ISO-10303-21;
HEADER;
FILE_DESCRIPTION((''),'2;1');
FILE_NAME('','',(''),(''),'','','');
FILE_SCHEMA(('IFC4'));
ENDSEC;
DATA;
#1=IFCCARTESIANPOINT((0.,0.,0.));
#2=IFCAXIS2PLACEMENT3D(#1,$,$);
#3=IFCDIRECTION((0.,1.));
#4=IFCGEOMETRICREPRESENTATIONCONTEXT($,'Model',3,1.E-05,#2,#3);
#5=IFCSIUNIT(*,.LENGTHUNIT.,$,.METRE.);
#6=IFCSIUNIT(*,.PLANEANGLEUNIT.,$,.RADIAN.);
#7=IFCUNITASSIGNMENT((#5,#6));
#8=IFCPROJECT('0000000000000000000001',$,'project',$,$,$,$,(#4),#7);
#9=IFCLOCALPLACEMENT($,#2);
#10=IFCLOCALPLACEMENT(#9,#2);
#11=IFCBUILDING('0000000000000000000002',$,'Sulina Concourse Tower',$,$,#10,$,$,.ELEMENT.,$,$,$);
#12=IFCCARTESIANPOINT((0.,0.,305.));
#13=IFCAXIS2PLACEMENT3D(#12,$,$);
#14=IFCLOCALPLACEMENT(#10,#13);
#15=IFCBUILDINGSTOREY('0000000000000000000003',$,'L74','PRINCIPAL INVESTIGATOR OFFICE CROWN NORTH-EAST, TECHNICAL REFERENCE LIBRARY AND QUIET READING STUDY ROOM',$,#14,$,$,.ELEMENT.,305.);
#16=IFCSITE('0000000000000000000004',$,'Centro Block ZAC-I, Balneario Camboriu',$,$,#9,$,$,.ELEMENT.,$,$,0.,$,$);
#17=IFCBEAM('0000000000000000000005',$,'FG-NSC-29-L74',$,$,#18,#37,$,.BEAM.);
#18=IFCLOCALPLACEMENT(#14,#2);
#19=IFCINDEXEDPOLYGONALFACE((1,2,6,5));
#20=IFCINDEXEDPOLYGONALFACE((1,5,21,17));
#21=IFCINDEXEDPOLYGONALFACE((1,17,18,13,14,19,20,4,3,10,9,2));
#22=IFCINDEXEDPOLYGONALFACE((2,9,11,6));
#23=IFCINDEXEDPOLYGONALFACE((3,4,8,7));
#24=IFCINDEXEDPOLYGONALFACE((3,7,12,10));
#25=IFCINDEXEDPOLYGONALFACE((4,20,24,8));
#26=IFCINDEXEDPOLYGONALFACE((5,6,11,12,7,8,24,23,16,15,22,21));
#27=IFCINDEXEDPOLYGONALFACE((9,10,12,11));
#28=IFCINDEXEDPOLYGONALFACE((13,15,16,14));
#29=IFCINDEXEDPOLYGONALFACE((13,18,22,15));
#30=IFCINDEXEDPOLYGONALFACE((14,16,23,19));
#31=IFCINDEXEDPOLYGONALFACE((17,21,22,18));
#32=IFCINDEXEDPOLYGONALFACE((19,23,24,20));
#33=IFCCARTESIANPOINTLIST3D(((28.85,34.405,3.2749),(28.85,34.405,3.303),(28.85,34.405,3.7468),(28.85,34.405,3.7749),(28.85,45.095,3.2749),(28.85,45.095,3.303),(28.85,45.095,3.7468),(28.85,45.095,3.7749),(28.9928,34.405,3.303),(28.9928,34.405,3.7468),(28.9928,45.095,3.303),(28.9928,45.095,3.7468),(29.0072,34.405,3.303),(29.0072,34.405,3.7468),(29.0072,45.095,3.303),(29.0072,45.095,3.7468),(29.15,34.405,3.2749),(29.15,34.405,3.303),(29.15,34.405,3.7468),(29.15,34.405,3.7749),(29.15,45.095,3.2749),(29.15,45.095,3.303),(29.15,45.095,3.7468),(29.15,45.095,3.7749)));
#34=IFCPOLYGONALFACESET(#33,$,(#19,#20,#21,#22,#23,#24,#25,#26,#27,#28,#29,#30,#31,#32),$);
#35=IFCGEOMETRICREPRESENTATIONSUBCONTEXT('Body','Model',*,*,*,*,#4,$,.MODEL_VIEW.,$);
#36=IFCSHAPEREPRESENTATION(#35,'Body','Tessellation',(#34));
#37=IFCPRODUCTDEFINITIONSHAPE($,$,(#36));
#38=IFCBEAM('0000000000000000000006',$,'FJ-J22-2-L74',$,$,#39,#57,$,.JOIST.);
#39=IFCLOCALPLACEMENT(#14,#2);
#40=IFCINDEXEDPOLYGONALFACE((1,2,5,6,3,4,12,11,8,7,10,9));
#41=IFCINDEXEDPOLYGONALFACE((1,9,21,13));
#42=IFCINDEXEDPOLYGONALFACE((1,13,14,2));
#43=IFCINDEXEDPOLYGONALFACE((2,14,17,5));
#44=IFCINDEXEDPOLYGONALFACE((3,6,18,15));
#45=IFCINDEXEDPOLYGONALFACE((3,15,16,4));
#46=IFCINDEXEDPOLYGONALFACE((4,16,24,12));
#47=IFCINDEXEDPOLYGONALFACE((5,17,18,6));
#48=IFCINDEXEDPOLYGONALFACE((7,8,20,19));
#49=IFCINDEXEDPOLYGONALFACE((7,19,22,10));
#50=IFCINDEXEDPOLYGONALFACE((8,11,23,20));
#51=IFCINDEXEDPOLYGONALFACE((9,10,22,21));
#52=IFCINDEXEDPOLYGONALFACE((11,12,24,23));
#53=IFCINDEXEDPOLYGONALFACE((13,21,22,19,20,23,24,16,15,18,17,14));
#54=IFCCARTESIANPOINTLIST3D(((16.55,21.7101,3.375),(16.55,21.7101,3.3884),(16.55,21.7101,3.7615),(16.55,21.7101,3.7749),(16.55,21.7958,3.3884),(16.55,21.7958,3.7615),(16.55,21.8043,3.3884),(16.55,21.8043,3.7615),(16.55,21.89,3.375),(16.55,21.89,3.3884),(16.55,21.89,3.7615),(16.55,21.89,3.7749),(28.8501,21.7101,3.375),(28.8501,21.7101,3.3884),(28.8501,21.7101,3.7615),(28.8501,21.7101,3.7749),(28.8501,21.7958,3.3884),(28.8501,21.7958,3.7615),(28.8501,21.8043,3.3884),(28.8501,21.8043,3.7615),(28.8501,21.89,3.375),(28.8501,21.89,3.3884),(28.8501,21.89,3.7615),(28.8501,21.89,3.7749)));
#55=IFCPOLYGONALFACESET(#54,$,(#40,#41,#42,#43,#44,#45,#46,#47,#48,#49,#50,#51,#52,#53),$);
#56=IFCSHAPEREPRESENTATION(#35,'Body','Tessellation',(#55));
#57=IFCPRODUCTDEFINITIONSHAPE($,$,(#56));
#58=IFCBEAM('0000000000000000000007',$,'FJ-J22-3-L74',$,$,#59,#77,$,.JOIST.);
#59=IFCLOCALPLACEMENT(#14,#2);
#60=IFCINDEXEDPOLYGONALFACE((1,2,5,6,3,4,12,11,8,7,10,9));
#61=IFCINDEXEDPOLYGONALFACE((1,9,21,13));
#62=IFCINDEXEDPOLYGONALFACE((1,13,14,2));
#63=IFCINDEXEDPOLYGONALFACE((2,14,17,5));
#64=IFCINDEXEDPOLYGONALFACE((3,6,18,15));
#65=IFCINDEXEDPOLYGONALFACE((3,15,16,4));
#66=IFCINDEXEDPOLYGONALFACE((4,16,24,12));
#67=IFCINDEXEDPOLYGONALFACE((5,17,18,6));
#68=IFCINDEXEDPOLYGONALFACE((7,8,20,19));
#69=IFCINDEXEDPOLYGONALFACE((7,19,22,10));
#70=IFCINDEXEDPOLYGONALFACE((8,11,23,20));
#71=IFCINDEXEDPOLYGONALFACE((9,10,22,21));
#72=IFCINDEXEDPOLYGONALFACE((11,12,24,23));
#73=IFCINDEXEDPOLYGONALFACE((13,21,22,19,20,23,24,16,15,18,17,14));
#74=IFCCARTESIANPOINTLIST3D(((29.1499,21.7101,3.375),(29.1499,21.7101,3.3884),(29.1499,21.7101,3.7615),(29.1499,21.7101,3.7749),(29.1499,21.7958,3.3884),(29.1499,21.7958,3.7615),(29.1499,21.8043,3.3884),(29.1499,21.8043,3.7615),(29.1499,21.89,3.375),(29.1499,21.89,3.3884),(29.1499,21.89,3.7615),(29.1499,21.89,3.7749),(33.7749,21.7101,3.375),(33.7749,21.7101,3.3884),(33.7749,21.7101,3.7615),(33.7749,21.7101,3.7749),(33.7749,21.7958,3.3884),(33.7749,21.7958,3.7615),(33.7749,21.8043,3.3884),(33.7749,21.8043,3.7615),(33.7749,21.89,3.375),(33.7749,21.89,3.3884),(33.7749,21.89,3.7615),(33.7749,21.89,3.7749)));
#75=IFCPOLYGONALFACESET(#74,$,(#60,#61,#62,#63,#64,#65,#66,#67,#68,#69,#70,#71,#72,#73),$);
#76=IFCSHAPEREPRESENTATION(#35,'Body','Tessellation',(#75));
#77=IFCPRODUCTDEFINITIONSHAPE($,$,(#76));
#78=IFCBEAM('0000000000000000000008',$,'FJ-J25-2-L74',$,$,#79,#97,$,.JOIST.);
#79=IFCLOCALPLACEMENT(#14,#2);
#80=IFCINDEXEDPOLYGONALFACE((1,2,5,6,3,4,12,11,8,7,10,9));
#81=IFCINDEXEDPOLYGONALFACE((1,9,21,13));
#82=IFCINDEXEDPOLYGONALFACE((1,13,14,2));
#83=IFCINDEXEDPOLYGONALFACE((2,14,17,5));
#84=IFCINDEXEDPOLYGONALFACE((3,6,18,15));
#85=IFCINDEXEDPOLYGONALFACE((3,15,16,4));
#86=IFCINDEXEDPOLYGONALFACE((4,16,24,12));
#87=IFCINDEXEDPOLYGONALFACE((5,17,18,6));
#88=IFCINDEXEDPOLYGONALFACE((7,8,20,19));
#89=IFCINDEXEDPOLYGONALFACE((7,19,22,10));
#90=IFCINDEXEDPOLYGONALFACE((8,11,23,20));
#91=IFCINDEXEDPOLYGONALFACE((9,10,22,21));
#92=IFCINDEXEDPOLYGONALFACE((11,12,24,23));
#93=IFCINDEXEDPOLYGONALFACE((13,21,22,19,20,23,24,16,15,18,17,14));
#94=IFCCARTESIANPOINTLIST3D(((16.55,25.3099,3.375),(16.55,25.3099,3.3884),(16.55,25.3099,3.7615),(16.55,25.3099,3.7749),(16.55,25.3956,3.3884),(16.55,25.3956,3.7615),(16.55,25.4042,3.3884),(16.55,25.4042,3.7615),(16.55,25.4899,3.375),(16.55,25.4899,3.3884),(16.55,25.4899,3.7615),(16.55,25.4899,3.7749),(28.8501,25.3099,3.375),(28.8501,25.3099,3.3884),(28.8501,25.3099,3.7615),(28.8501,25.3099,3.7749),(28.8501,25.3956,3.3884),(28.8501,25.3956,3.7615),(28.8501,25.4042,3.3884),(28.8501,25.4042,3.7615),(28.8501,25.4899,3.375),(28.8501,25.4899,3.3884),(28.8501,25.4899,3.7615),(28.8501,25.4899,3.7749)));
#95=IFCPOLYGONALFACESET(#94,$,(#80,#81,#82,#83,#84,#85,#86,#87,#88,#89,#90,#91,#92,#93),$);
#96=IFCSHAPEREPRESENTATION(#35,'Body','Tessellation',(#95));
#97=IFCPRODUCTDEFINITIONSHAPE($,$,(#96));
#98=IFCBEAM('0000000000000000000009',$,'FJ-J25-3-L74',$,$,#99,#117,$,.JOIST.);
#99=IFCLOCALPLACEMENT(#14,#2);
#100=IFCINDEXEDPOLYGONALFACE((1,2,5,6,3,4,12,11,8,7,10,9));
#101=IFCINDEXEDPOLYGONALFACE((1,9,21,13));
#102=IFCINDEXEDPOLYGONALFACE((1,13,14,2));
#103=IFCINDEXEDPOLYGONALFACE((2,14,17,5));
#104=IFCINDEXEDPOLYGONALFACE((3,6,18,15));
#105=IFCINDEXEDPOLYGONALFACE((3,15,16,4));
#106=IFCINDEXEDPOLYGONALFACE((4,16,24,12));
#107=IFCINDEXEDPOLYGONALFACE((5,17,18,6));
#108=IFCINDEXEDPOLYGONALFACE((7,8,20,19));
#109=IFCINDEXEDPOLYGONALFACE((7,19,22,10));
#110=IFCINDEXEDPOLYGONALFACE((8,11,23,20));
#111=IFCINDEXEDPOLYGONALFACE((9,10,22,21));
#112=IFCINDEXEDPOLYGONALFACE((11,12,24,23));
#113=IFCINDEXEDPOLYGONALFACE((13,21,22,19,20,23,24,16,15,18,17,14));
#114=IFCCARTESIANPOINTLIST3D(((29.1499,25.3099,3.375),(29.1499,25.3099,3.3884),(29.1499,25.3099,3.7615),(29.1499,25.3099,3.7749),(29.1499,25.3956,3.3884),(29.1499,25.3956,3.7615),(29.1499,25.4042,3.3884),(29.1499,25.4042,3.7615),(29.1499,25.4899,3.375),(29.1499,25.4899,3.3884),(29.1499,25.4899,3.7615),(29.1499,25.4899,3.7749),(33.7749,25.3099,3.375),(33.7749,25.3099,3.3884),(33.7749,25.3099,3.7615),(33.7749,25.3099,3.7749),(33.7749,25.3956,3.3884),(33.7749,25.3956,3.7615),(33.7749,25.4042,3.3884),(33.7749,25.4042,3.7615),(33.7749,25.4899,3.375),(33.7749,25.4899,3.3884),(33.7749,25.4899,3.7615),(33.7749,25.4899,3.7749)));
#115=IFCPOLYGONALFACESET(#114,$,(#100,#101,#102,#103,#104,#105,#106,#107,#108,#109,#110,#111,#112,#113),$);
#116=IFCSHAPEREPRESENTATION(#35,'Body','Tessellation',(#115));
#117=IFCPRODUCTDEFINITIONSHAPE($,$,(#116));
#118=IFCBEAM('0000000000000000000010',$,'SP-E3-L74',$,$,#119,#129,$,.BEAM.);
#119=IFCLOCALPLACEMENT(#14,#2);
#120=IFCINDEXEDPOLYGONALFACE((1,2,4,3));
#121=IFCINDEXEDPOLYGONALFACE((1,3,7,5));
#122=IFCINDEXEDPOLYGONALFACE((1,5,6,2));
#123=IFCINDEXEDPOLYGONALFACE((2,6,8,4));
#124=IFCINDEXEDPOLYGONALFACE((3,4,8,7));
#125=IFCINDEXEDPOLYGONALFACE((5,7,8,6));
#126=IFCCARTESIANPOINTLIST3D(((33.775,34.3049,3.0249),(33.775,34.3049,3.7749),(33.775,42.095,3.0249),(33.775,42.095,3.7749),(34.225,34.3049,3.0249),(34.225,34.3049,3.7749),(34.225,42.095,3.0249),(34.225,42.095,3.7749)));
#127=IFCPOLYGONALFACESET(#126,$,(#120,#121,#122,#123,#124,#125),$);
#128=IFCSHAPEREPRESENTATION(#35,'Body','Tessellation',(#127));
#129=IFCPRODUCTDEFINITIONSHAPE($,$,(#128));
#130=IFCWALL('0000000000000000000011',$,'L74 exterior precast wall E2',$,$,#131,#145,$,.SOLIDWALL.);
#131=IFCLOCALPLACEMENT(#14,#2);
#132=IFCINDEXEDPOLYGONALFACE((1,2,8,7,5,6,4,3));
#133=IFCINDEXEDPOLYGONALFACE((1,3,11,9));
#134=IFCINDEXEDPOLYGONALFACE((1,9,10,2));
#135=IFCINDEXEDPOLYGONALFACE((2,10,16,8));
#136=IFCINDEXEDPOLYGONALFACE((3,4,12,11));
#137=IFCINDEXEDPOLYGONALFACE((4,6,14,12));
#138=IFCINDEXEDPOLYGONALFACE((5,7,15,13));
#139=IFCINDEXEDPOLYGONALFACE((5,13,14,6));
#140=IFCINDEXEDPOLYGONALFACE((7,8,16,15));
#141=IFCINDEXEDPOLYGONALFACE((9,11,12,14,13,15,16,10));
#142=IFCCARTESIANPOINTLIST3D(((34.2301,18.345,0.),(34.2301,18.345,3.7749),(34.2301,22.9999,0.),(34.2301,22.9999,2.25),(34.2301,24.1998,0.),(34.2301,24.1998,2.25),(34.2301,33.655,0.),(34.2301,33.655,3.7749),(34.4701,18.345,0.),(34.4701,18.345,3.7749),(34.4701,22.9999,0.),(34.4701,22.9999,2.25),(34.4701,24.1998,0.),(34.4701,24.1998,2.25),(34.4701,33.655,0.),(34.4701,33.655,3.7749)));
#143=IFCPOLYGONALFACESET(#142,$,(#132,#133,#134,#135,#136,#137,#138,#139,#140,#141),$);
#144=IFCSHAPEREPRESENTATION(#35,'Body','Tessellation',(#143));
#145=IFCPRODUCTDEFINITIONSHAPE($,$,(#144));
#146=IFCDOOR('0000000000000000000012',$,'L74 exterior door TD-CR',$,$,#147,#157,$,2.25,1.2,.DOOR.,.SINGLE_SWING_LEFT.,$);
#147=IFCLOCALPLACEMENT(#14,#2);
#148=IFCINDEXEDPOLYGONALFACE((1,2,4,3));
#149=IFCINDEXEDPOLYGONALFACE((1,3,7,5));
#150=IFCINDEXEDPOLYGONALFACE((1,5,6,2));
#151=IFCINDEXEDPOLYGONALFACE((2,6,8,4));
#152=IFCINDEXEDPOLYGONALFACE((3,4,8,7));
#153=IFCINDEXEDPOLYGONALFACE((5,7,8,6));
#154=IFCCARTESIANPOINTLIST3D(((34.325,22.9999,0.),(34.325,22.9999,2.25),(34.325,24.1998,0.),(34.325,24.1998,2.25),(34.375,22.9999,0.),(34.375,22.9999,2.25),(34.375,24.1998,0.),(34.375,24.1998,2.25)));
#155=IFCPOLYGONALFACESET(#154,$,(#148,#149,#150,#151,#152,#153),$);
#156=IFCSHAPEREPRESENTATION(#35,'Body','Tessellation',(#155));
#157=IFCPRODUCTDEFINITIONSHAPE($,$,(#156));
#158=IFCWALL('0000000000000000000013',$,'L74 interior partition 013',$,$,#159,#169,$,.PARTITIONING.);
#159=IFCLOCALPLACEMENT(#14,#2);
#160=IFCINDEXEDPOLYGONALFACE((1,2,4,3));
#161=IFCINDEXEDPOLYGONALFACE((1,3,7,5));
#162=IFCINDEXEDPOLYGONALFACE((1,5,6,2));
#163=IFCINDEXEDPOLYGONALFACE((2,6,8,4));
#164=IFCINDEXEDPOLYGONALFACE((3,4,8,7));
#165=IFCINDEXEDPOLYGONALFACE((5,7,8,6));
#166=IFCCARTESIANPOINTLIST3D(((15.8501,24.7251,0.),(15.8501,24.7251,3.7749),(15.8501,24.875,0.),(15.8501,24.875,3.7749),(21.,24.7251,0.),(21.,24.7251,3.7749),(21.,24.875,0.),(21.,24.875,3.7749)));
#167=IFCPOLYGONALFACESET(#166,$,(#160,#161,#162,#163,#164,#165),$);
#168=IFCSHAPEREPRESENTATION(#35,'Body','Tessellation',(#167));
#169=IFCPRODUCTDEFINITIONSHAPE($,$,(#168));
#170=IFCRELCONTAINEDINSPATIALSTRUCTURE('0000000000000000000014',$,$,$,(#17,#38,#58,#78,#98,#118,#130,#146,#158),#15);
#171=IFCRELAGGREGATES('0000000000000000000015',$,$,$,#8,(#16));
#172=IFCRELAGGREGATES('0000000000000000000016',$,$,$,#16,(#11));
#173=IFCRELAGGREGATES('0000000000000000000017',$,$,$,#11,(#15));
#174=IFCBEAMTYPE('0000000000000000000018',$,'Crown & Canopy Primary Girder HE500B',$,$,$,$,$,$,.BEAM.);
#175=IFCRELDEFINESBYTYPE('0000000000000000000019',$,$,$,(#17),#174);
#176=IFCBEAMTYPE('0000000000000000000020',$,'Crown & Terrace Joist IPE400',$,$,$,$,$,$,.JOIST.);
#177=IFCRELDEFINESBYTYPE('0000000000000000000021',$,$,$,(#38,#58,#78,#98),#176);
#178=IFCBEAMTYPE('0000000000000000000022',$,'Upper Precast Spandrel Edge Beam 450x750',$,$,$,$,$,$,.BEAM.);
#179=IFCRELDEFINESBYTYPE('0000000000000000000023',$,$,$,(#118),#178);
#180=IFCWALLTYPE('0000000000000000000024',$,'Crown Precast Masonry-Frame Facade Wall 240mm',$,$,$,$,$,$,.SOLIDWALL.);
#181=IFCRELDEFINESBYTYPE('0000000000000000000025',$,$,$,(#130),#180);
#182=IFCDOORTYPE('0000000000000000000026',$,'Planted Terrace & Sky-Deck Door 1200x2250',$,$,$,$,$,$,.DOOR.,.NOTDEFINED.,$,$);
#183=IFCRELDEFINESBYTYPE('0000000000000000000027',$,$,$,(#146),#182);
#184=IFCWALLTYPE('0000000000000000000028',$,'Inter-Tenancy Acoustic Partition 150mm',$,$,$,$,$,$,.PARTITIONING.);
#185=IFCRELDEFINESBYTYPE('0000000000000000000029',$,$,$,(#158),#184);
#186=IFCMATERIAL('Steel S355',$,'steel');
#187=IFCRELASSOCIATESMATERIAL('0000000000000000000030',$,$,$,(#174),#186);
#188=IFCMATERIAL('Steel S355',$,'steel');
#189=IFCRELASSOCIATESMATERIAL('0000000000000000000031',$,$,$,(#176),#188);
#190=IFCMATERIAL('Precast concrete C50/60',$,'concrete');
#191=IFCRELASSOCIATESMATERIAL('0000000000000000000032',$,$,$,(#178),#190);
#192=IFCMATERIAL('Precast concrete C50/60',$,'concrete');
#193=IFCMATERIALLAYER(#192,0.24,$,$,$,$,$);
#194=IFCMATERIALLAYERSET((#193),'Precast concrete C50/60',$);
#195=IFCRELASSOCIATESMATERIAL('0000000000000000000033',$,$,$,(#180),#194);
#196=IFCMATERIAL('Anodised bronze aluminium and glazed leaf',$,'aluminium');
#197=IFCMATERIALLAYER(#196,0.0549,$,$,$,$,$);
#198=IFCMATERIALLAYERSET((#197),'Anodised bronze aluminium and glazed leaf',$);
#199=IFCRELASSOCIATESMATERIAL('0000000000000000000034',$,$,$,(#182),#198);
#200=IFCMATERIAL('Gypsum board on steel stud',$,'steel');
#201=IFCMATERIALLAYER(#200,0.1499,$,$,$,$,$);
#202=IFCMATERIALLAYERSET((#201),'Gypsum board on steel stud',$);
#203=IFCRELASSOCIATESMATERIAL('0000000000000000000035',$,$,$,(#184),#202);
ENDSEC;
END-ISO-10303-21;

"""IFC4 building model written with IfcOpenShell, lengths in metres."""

from ifc_helpers import new_model, si_unit, direction, frame, frame_2d, origin, origin_2d, place, context, subcontext, project, spatial, rectangle, i_section, extrude, material, layer, layer_set, material_profile, profile_set, type_object, element, fill, save


model = new_model("IFC4")

# Units and contexts
model_context = context("Model", 3, precision=1e-05, world=origin(), true_north=direction((0.0, 1.0)))
body_context = subcontext(model_context, "Body", "Model", "MODEL_VIEW")
ifc_project = project(units=[si_unit("LENGTHUNIT", "METRE"), si_unit("PLANEANGLEUNIT", "RADIAN")], contexts=[model_context])

# Site, building, storey
site_placement = place(None, origin())
site = spatial("IfcSite", under=ifc_project, at=site_placement, Name="Centro Block ZAC-I, Balneario Camboriu", CompositionType="ELEMENT", RefElevation=0.0)
building_placement = place(site_placement, origin())
building = spatial("IfcBuilding", under=site, at=building_placement, Name="Sulina Concourse Tower", CompositionType="ELEMENT")
storey_placement = place(building_placement, frame((0.0, 0.0, 305.0)))
storey = spatial("IfcBuildingStorey", under=building, at=storey_placement, Name="L74", Description="PRINCIPAL INVESTIGATOR OFFICE CROWN NORTH-EAST, TECHNICAL REFERENCE LIBRARY AND QUIET READING STUDY ROOM", CompositionType="ELEMENT", Elevation=305.0)

# Beams
ifc_material_1 = material(Name="Steel S355", Category="steel")
ifc_material_profile_1 = material_profile(ifc_material_1, i_section(OverallWidth=0.3, OverallDepth=0.5, WebThickness=0.0144, FlangeThickness=0.0281, at=origin_2d()), Name="HE 500 B")
ifc_profile_set_1 = profile_set([ifc_material_profile_1], Name="Steel S355")
beam_type_1 = type_object("IfcBeamType", Name="Crown & Canopy Primary Girder HE500B", PredefinedType="BEAM", material=ifc_profile_set_1)
beam_1_placement = place(storey_placement, frame((29.0, 34.405, 3.5249), z_axis=(0.0, 1.0, 0.0), x_axis=(-1.0, 0.0, 0.0)))
element("IfcBeam", 1, at=beam_1_placement, inside=storey, type_object=beam_type_1, Name="FG-NSC-29-L74", PredefinedType="BEAM", context=body_context, shape_type="SweptSolid", body=[
    extrude(i_section(OverallWidth=0.3, OverallDepth=0.5, WebThickness=0.0144, FlangeThickness=0.0281, at=origin_2d()), origin(), (0.0, 0.0, 1.0), 10.6899),
])
ifc_material_2 = material(Name="Steel S355", Category="steel")
ifc_material_profile_2 = material_profile(ifc_material_2, i_section(OverallWidth=0.1799, OverallDepth=0.3999, WebThickness=0.0085, FlangeThickness=0.0134, at=origin_2d()), Name="IPE 400")
ifc_profile_set_2 = profile_set([ifc_material_profile_2], Name="Steel S355")
beam_type_2 = type_object("IfcBeamType", Name="Crown & Terrace Joist IPE400", PredefinedType="JOIST", material=ifc_profile_set_2)
beam_2_placement = place(storey_placement, frame((16.55, 21.8, 3.575), z_axis=(1.0, 0.0, 0.0), x_axis=(0.0, 1.0, 0.0)))
element("IfcBeam", 2, at=beam_2_placement, inside=storey, type_object=beam_type_2, Name="FJ-J22-2-L74", PredefinedType="JOIST", context=body_context, shape_type="SweptSolid", body=[
    extrude(i_section(OverallWidth=0.1799, OverallDepth=0.3999, WebThickness=0.0085, FlangeThickness=0.0134, at=origin_2d()), origin(), (0.0, 0.0, 1.0), 12.3),
])
beam_3_placement = place(storey_placement, frame((29.1499, 21.8, 3.575), z_axis=(1.0, 0.0, 0.0), x_axis=(0.0, 1.0, 0.0)))
element("IfcBeam", 3, at=beam_3_placement, inside=storey, type_object=beam_type_2, Name="FJ-J22-3-L74", PredefinedType="JOIST", context=body_context, shape_type="SweptSolid", body=[
    extrude(i_section(OverallWidth=0.1799, OverallDepth=0.3999, WebThickness=0.0085, FlangeThickness=0.0134, at=origin_2d()), origin(), (0.0, 0.0, 1.0), 4.625),
])
beam_4_placement = place(storey_placement, frame((16.55, 25.3999, 3.575), z_axis=(1.0, 0.0, 0.0), x_axis=(0.0, 1.0, 0.0)))
element("IfcBeam", 4, at=beam_4_placement, inside=storey, type_object=beam_type_2, Name="FJ-J25-2-L74", PredefinedType="JOIST", context=body_context, shape_type="SweptSolid", body=[
    extrude(i_section(OverallWidth=0.1799, OverallDepth=0.3999, WebThickness=0.0085, FlangeThickness=0.0134, at=origin_2d()), origin(), (0.0, 0.0, 1.0), 12.3),
])
beam_5_placement = place(storey_placement, frame((29.1499, 25.3999, 3.575), z_axis=(1.0, 0.0, 0.0), x_axis=(0.0, 1.0, 0.0)))
element("IfcBeam", 5, at=beam_5_placement, inside=storey, type_object=beam_type_2, Name="FJ-J25-3-L74", PredefinedType="JOIST", context=body_context, shape_type="SweptSolid", body=[
    extrude(i_section(OverallWidth=0.1799, OverallDepth=0.3999, WebThickness=0.0085, FlangeThickness=0.0134, at=origin_2d()), origin(), (0.0, 0.0, 1.0), 4.625),
])
ifc_material_3 = material(Name="Precast concrete C50/60", Category="concrete")
ifc_material_profile_3 = material_profile(ifc_material_3, rectangle(XDim=0.45, YDim=0.75, at=origin_2d()), Name="RC 450x750")
ifc_profile_set_3 = profile_set([ifc_material_profile_3], Name="Precast concrete C50/60")
beam_type_3 = type_object("IfcBeamType", Name="Upper Precast Spandrel Edge Beam 450x750", PredefinedType="BEAM", material=ifc_profile_set_3)
beam_6_placement = place(storey_placement, frame((34.0, 34.3049, 3.3999), z_axis=(0.0, 1.0, 0.0), x_axis=(-1.0, 0.0, 0.0)))
element("IfcBeam", 6, at=beam_6_placement, inside=storey, type_object=beam_type_3, Name="SP-E3-L74", PredefinedType="BEAM", context=body_context, shape_type="SweptSolid", body=[
    extrude(rectangle(XDim=0.45, YDim=0.75, at=origin_2d()), origin(), (0.0, 0.0, 1.0), 7.79),
])

# Wall, opening, door
ifc_material_4 = material(Name="Precast concrete C50/60", Category="concrete")
ifc_layer_1 = layer(ifc_material_4, 0.24)
ifc_layer_set_1 = layer_set([ifc_layer_1], Name="Precast concrete C50/60")
wall_type_1 = type_object("IfcWallType", Name="Crown Precast Masonry-Frame Facade Wall 240mm", PredefinedType="SOLIDWALL", material=ifc_layer_set_1)
wall_1_placement = place(storey_placement, frame((34.3501, 33.655, 0.0), z_axis=(0.0, 0.0, 1.0), x_axis=(0.0, -1.0, 0.0)))
wall_1 = element("IfcWall", 7, at=wall_1_placement, inside=storey, type_object=wall_type_1, Name="L74 exterior precast wall E2", PredefinedType="SOLIDWALL", context=body_context, shape_type="SweptSolid", body=[
    extrude(rectangle(XDim=15.3101, YDim=0.24, at=frame_2d((7.655, 0.0))), origin(), (0.0, 0.0, 1.0), 3.7749),
])
opening_1_placement = place(wall_1_placement, frame((9.4551, 0.0, 0.0)))
opening_1 = element("IfcOpeningElement", 8, at=opening_1_placement, cuts=wall_1, PredefinedType="OPENING", context=body_context, shape_type="SweptSolid", body=[
    extrude(rectangle(XDim=1.2, YDim=2.25, at=frame_2d((0.6001, 1.125))), frame((0.0, 0.1299, 0.0), z_axis=(0.0, -1.0, 0.0), x_axis=(1.0, 0.0, 0.0)), (0.0, 0.0, 1.0), 0.26),
])
ifc_material_5 = material(Name="Anodised bronze aluminium and glazed leaf", Category="aluminium")
ifc_layer_2 = layer(ifc_material_5, 0.0549)
ifc_layer_set_2 = layer_set([ifc_layer_2], Name="Anodised bronze aluminium and glazed leaf")
door_type_1 = type_object("IfcDoorType", Name="Planted Terrace & Sky-Deck Door 1200x2250", OperationType="NOTDEFINED", PredefinedType="DOOR", material=ifc_layer_set_2)
door_1_placement = place(opening_1_placement, origin())
door_1 = element("IfcDoor", 9, at=door_1_placement, inside=storey, type_object=door_type_1, Name="L74 exterior door TD-CR", OperationType="SINGLE_SWING_LEFT", OverallHeight=2.25, OverallWidth=1.2, PredefinedType="DOOR", context=body_context, shape_type="SweptSolid", body=[
    extrude(rectangle(XDim=1.2, YDim=2.25, at=frame_2d((0.6001, 1.125))), frame((0.0, 0.0249, 0.0), z_axis=(0.0, -1.0, 0.0), x_axis=(1.0, 0.0, 0.0)), (0.0, 0.0, 1.0), 0.05),
])
fill(opening_1, door_1)

# Wall
ifc_material_6 = material(Name="Gypsum board on steel stud", Category="steel")
ifc_layer_3 = layer(ifc_material_6, 0.1499)
ifc_layer_set_3 = layer_set([ifc_layer_3], Name="Gypsum board on steel stud")
wall_type_2 = type_object("IfcWallType", Name="Inter-Tenancy Acoustic Partition 150mm", PredefinedType="PARTITIONING", material=ifc_layer_set_3)
wall_2_placement = place(storey_placement, frame((15.8501, 24.8, 0.0), z_axis=(0.0, 0.0, 1.0), x_axis=(1.0, 0.0, 0.0)))
element("IfcWall", 10, at=wall_2_placement, inside=storey, type_object=wall_type_2, Name="L74 interior partition 013", PredefinedType="PARTITIONING", context=body_context, shape_type="SweptSolid", body=[
    extrude(rectangle(XDim=5.1499, YDim=0.1499, at=frame_2d((2.575, 0.0))), origin(), (0.0, 0.0, 1.0), 3.7749),
])

save(model, "model.ifc")
